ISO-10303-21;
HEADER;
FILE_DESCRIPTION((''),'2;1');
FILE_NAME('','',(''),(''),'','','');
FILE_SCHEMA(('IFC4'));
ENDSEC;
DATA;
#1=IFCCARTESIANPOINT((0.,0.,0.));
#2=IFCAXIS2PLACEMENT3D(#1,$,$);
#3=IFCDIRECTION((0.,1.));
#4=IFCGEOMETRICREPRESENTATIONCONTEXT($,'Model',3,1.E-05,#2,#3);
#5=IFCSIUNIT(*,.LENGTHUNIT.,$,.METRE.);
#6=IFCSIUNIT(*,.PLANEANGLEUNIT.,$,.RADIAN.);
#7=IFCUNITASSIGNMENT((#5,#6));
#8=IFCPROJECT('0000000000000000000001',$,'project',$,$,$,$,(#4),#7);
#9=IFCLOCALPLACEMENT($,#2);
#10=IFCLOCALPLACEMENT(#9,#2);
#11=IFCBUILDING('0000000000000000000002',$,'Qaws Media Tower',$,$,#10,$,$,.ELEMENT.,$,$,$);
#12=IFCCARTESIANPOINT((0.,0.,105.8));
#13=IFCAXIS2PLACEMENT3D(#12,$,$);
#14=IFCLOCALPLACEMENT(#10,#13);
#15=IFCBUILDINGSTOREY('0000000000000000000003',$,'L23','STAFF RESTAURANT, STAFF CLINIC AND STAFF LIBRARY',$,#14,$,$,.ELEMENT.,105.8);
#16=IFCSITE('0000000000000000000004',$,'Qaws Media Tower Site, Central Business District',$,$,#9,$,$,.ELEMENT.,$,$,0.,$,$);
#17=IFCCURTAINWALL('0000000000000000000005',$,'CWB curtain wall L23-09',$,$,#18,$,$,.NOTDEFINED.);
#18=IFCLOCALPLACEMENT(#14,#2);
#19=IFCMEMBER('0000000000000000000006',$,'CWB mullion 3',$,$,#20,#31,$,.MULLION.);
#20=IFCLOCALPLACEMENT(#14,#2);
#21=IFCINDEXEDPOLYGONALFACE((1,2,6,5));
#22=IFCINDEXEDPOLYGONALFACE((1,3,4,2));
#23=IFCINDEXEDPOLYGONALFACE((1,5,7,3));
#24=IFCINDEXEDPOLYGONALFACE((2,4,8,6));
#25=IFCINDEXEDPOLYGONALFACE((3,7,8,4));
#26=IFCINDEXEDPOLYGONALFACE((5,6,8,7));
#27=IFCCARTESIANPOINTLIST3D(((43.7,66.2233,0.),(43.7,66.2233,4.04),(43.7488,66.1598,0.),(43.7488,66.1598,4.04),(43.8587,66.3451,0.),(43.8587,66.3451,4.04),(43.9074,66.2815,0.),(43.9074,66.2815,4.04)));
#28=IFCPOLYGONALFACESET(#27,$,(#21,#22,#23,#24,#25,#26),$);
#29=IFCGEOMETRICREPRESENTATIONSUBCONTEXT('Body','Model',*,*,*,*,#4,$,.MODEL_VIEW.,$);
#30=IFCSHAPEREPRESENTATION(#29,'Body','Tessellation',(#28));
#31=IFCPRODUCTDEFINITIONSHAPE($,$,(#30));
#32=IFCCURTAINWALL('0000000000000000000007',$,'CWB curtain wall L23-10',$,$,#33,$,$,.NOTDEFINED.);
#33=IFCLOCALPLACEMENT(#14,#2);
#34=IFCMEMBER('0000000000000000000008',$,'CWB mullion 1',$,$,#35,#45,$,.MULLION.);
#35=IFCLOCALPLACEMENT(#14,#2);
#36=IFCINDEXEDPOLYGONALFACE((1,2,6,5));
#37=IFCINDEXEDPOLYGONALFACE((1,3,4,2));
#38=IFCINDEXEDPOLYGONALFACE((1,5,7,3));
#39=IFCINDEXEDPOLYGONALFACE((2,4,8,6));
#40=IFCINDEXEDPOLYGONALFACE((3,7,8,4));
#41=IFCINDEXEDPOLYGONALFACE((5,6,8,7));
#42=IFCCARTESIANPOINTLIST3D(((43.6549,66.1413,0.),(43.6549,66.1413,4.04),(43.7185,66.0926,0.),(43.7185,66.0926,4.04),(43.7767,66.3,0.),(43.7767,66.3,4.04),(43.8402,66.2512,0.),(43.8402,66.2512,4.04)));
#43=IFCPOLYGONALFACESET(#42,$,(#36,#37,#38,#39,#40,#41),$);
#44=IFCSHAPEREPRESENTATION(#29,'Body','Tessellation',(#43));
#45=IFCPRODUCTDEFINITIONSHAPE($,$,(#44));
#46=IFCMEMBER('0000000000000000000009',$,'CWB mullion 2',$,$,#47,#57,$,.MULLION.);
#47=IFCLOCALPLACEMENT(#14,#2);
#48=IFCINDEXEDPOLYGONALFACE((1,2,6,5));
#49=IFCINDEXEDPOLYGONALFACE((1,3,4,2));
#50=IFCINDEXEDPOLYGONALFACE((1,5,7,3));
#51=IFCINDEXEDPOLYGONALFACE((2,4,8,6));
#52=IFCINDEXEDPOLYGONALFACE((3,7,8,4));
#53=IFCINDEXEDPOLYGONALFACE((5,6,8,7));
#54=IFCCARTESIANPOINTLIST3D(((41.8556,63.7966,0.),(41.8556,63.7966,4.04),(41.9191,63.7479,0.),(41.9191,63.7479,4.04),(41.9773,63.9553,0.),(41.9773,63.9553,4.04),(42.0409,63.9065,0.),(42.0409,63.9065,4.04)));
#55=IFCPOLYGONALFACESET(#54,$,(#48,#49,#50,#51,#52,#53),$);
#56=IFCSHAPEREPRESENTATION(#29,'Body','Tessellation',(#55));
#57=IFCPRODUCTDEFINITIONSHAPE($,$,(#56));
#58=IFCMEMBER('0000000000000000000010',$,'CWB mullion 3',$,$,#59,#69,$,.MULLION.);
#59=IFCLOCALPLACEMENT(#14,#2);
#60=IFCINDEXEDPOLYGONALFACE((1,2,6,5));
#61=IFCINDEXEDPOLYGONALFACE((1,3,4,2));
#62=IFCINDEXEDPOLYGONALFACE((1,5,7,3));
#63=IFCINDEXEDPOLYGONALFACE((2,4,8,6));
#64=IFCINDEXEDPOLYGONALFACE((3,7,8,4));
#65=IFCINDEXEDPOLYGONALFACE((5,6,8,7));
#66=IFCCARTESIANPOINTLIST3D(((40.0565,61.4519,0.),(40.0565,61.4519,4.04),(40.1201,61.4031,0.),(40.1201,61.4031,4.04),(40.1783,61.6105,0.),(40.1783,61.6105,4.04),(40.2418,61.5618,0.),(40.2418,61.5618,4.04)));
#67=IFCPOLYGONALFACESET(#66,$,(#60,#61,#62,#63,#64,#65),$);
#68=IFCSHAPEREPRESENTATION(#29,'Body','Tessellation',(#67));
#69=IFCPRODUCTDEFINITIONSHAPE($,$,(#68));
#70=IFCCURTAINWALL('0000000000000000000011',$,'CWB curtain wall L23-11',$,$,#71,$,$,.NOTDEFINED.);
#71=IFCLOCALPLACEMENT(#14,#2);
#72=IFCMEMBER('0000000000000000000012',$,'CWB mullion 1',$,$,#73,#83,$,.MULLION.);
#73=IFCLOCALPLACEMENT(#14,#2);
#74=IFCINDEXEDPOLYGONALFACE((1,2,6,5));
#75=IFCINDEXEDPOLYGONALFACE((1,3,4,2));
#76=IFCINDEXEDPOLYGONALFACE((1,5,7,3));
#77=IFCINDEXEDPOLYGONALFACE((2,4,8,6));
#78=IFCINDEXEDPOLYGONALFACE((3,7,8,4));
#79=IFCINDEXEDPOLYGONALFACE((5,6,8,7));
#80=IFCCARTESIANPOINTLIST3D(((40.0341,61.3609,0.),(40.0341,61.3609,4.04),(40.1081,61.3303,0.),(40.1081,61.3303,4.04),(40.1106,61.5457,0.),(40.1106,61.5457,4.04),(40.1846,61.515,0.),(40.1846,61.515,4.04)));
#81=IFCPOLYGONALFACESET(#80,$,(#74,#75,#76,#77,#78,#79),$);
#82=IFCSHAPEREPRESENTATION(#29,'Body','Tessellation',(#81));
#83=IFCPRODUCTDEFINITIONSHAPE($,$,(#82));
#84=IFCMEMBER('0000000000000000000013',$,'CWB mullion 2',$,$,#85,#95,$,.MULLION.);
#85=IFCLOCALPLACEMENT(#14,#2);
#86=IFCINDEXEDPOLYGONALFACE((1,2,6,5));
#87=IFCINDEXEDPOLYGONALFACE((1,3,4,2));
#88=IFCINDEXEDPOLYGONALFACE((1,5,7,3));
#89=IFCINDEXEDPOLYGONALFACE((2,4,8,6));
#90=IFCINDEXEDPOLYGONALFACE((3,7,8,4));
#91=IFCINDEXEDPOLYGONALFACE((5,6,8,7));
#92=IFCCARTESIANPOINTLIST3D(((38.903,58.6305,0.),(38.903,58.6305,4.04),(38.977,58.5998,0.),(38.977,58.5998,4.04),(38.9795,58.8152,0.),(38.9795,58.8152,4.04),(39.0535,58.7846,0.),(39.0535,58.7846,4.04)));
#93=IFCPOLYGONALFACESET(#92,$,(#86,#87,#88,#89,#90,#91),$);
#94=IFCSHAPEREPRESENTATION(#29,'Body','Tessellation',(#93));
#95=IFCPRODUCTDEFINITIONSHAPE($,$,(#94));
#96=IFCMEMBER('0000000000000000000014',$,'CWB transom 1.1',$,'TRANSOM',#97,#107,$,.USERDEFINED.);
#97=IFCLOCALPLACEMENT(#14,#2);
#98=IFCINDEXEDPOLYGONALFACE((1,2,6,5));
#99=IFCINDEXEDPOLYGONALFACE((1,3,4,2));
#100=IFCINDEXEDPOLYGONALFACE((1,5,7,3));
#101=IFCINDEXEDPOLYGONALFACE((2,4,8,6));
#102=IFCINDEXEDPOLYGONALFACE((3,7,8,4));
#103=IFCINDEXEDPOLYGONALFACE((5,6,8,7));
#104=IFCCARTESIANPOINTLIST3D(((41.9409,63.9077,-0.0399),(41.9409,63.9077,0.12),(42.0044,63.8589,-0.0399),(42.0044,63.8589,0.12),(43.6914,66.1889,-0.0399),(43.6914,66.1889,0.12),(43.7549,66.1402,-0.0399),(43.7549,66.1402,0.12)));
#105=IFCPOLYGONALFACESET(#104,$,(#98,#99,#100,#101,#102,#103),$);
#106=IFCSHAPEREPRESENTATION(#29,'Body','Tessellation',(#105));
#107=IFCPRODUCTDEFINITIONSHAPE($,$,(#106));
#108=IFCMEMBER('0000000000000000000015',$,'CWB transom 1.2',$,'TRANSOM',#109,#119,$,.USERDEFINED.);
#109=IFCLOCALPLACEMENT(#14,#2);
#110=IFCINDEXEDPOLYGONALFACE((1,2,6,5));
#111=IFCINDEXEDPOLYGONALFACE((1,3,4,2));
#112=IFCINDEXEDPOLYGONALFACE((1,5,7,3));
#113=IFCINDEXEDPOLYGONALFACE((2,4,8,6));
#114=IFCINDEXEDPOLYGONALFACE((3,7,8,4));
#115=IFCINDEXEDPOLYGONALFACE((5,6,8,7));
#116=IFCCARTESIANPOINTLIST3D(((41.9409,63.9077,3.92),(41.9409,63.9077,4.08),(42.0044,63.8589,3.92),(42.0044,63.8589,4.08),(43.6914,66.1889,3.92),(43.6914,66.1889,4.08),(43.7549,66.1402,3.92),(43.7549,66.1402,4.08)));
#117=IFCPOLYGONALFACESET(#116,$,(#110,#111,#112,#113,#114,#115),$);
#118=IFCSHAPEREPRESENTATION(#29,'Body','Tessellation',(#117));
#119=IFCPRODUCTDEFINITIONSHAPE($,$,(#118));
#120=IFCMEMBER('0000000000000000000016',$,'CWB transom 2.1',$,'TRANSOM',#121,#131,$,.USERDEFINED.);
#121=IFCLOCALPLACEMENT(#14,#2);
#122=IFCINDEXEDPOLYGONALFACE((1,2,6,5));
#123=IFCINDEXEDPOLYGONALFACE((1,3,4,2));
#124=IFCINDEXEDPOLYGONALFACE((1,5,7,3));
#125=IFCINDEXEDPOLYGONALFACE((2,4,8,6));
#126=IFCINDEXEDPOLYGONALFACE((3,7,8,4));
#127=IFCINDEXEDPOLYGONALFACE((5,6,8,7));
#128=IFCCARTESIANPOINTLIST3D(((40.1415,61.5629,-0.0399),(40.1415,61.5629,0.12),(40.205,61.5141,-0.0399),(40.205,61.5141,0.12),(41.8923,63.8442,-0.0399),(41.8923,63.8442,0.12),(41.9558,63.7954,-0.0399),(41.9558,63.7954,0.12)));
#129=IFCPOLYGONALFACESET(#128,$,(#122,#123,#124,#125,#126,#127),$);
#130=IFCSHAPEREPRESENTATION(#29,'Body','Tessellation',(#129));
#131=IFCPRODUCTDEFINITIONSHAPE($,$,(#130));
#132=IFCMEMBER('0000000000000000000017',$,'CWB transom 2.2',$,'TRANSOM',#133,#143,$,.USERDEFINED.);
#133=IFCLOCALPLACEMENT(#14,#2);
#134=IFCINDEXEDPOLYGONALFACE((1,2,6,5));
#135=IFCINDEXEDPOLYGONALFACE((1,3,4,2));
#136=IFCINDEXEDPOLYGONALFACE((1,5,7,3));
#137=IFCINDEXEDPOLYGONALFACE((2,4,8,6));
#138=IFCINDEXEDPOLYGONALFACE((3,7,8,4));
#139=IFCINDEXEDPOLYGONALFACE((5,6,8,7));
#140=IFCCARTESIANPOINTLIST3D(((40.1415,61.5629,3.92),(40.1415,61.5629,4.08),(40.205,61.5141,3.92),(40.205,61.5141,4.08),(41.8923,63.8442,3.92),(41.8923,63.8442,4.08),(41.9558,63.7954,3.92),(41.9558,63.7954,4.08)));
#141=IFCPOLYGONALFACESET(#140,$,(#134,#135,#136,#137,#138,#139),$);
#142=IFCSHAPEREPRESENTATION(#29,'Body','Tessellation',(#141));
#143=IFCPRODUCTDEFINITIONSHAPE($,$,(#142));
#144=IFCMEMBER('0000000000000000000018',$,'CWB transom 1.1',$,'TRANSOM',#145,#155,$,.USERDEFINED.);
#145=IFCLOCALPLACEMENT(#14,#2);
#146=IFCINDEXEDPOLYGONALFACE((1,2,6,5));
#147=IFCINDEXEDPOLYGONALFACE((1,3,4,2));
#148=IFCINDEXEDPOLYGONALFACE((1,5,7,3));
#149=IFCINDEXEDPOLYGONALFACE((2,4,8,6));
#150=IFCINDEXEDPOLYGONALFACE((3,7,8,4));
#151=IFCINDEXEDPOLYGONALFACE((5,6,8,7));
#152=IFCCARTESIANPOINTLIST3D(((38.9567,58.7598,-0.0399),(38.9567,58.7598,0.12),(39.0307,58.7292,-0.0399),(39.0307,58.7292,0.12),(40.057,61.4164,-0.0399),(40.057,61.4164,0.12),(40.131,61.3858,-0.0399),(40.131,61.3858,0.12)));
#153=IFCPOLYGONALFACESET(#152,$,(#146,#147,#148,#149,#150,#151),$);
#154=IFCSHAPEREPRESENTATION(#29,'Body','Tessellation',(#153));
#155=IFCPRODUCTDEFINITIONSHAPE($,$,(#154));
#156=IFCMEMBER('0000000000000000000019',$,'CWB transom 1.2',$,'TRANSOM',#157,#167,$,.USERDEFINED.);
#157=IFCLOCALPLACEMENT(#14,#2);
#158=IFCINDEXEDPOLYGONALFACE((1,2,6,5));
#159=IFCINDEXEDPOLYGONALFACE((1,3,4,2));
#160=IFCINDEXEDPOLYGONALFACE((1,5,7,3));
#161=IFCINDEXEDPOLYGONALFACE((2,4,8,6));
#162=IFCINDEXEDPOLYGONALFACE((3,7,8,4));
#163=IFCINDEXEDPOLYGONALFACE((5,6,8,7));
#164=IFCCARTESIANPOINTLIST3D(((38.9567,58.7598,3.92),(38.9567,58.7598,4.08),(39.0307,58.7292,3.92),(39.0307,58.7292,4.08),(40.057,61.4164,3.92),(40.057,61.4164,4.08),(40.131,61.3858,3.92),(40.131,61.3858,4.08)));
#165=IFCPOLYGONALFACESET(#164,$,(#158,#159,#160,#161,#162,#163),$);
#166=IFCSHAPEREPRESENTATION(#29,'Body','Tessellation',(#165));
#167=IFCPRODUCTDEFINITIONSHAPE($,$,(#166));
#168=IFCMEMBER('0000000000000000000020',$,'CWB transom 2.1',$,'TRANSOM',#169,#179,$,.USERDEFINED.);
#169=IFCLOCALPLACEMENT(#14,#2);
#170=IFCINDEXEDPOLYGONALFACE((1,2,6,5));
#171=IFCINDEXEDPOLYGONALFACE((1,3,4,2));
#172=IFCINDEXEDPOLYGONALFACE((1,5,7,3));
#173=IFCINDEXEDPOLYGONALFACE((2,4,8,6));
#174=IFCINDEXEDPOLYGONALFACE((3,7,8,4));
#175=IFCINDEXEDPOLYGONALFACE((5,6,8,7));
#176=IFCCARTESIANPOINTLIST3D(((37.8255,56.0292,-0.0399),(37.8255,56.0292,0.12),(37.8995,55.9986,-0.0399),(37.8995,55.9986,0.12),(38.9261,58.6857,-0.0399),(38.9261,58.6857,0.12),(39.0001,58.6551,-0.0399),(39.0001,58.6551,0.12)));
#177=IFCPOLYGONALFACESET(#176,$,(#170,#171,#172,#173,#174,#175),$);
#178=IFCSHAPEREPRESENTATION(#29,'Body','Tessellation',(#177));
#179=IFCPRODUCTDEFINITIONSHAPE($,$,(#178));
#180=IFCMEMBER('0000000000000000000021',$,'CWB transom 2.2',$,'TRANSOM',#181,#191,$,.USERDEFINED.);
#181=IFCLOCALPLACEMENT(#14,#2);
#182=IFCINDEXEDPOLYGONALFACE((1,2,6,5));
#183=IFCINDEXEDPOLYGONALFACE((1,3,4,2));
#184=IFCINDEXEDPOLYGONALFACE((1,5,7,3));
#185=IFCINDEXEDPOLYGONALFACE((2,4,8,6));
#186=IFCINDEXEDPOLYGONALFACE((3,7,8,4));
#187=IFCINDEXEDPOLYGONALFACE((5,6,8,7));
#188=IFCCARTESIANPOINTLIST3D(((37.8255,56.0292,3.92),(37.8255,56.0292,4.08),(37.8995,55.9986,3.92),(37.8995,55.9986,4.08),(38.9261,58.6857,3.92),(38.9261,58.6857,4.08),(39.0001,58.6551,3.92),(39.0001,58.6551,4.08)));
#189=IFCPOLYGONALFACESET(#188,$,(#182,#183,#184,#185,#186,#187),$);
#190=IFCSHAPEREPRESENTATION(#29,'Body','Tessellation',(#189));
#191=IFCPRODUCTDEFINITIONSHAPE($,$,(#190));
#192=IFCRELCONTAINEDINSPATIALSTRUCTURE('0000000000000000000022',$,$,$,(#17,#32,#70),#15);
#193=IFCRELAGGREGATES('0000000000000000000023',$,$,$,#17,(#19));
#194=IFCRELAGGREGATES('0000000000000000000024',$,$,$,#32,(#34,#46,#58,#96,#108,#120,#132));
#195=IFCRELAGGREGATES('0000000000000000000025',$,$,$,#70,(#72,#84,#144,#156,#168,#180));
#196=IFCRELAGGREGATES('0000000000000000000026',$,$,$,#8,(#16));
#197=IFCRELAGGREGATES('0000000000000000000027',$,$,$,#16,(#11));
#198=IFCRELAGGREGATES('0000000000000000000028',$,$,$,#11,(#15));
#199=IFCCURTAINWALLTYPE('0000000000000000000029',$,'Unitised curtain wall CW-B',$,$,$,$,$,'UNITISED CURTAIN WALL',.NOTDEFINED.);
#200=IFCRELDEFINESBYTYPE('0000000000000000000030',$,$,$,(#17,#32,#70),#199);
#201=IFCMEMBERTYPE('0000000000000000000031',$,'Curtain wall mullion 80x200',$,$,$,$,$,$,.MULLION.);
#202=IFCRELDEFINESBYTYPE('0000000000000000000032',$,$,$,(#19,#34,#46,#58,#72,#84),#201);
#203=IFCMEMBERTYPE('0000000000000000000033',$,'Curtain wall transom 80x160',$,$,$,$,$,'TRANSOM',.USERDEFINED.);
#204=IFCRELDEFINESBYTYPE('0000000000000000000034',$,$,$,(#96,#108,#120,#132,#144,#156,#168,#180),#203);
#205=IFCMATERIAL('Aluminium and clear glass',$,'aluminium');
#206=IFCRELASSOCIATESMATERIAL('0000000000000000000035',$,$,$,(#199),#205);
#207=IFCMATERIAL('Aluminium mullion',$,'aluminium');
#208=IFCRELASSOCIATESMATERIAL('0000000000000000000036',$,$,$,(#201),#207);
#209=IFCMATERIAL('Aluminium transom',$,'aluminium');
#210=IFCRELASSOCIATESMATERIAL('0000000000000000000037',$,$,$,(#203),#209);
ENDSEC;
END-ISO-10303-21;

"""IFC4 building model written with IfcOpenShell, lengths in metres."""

from ifc_helpers import new_model, si_unit, direction, frame, origin, origin_2d, place, context, subcontext, project, spatial, rectangle, extrude, material, material_profile, profile_set, type_object, element, aggregate, save


model = new_model("IFC4")

# Units and contexts
model_context = context("Model", 3, precision=1e-05, world=origin(), true_north=direction((0.0, 1.0)))
body_context = subcontext(model_context, "Body", "Model", "MODEL_VIEW")
ifc_project = project(units=[si_unit("LENGTHUNIT", "METRE"), si_unit("PLANEANGLEUNIT", "RADIAN")], contexts=[model_context])

# Site, building, storey
site_placement = place(None, origin())
site = spatial("IfcSite", under=ifc_project, at=site_placement, Name="Qaws Media Tower Site, Central Business District", CompositionType="ELEMENT", RefElevation=0.0)
building_placement = place(site_placement, origin())
building = spatial("IfcBuilding", under=site, at=building_placement, Name="Qaws Media Tower", CompositionType="ELEMENT")
storey_placement = place(building_placement, frame((0.0, 0.0, 105.8)))
storey = spatial("IfcBuildingStorey", under=building, at=storey_placement, Name="L23", Description="STAFF RESTAURANT, STAFF CLINIC AND STAFF LIBRARY", CompositionType="ELEMENT", Elevation=105.8)

# Curtain wall, member
ifc_material_1 = material(Name="Aluminium and clear glass", Category="aluminium")
curtain_wall_type = type_object("IfcCurtainWallType", Name="Unitised curtain wall CW-B", ElementType="UNITISED CURTAIN WALL", PredefinedType="NOTDEFINED", material=ifc_material_1)
curtain_wall_1_placement = place(storey_placement, origin())
curtain_wall_1 = element("IfcCurtainWall", 1, at=curtain_wall_1_placement, inside=storey, type_object=curtain_wall_type, Name="CWB curtain wall L23-09", PredefinedType="NOTDEFINED")
ifc_material_2 = material(Name="Aluminium mullion", Category="aluminium")
ifc_material_profile_1 = material_profile(ifc_material_2, rectangle(XDim=0.0801, YDim=0.2, at=origin_2d()), Name="80x200")
ifc_profile_set_1 = profile_set([ifc_material_profile_1], Name="Aluminium mullion")
member_type_1 = type_object("IfcMemberType", Name="Curtain wall mullion 80x200", PredefinedType="MULLION", material=ifc_profile_set_1)
member_1_placement = place(storey_placement, frame((43.8037, 66.2524, 0.0), z_axis=(0.0, 0.0, 1.0), x_axis=(0.608761, -0.793353, 0.0)))
member_1 = element("IfcMember", 2, at=member_1_placement, type_object=member_type_1, Name="CWB mullion 3", PredefinedType="MULLION", context=body_context, shape_type="SweptSolid", body=[
    extrude(rectangle(XDim=0.0801, YDim=0.2, at=origin_2d()), origin(), (0.0, 0.0, 1.0), 4.04),
])

# Curtain walls, members
curtain_wall_2_placement = place(storey_placement, origin())
curtain_wall_2 = element("IfcCurtainWall", 3, at=curtain_wall_2_placement, inside=storey, type_object=curtain_wall_type, Name="CWB curtain wall L23-10", PredefinedType="NOTDEFINED")
member_2_placement = place(storey_placement, frame((43.7476, 66.1963, 0.0), z_axis=(0.0, 0.0, 1.0), x_axis=(0.793353, -0.608761, 0.0)))
member_2 = element("IfcMember", 4, at=member_2_placement, type_object=member_type_1, Name="CWB mullion 1", PredefinedType="MULLION", context=body_context, shape_type="SweptSolid", body=[
    extrude(rectangle(XDim=0.0801, YDim=0.2, at=origin_2d()), origin(), (0.0, 0.0, 1.0), 4.04),
])
member_3_placement = place(storey_placement, frame((41.9482, 63.8516, 0.0), z_axis=(0.0, 0.0, 1.0), x_axis=(0.793353, -0.608761, 0.0)))
member_3 = element("IfcMember", 5, at=member_3_placement, type_object=member_type_1, Name="CWB mullion 2", PredefinedType="MULLION", context=body_context, shape_type="SweptSolid", body=[
    extrude(rectangle(XDim=0.0801, YDim=0.2, at=origin_2d()), origin(), (0.0, 0.0, 1.0), 4.04),
])
member_4_placement = place(storey_placement, frame((40.1492, 61.5068, 0.0), z_axis=(0.0, 0.0, 1.0), x_axis=(0.793353, -0.608761, 0.0)))
member_4 = element("IfcMember", 6, at=member_4_placement, type_object=member_type_1, Name="CWB mullion 3", PredefinedType="MULLION", context=body_context, shape_type="SweptSolid", body=[
    extrude(rectangle(XDim=0.0801, YDim=0.2, at=origin_2d()), origin(), (0.0, 0.0, 1.0), 4.04),
])
curtain_wall_3_placement = place(storey_placement, origin())
curtain_wall_3 = element("IfcCurtainWall", 7, at=curtain_wall_3_placement, inside=storey, type_object=curtain_wall_type, Name="CWB curtain wall L23-11", PredefinedType="NOTDEFINED")
member_5_placement = place(storey_placement, frame((40.1094, 61.438, 0.0), z_axis=(0.0, 0.0, 1.0), x_axis=(0.92388, -0.382683, 0.0)))
member_5 = element("IfcMember", 8, at=member_5_placement, type_object=member_type_1, Name="CWB mullion 1", PredefinedType="MULLION", context=body_context, shape_type="SweptSolid", body=[
    extrude(rectangle(XDim=0.0801, YDim=0.2, at=origin_2d()), origin(), (0.0, 0.0, 1.0), 4.04),
])
member_6_placement = place(storey_placement, frame((38.9783, 58.7075, 0.0), z_axis=(0.0, 0.0, 1.0), x_axis=(0.92388, -0.382683, 0.0)))
member_6 = element("IfcMember", 9, at=member_6_placement, type_object=member_type_1, Name="CWB mullion 2", PredefinedType="MULLION", context=body_context, shape_type="SweptSolid", body=[
    extrude(rectangle(XDim=0.0801, YDim=0.2, at=origin_2d()), origin(), (0.0, 0.0, 1.0), 4.04),
])

# Members
ifc_material_3 = material(Name="Aluminium transom", Category="aluminium")
ifc_material_profile_2 = material_profile(ifc_material_3, rectangle(XDim=0.0801, YDim=0.1599, at=origin_2d()), Name="80x160")
ifc_profile_set_2 = profile_set([ifc_material_profile_2], Name="Aluminium transom")
member_type_2 = type_object("IfcMemberType", Name="Curtain wall transom 80x160", ElementType="TRANSOM", PredefinedType="USERDEFINED", material=ifc_profile_set_2)
member_7_placement = place(storey_placement, frame((43.7231, 66.1646, 0.04), z_axis=(-0.608767, -0.793349, 0.0), x_axis=(0.793349, -0.608767, 0.0)))
member_7 = element("IfcMember", 10, at=member_7_placement, type_object=member_type_2, Name="CWB transom 1.1", ObjectType="TRANSOM", PredefinedType="USERDEFINED", context=body_context, shape_type="SweptSolid", body=[
    extrude(rectangle(XDim=0.0801, YDim=0.1599, at=origin_2d()), origin(), (0.0, 0.0, 1.0), 2.8755),
])
member_8_placement = place(storey_placement, frame((43.7231, 66.1646, 4.0), z_axis=(-0.608767, -0.793349, 0.0), x_axis=(0.793349, -0.608767, 0.0)))
member_8 = element("IfcMember", 11, at=member_8_placement, type_object=member_type_2, Name="CWB transom 1.2", ObjectType="TRANSOM", PredefinedType="USERDEFINED", context=body_context, shape_type="SweptSolid", body=[
    extrude(rectangle(XDim=0.0801, YDim=0.1599, at=origin_2d()), origin(), (0.0, 0.0, 1.0), 2.8755),
])
member_9_placement = place(storey_placement, frame((41.9241, 63.8198, 0.04), z_axis=(-0.60882, -0.793308, 0.0), x_axis=(0.793308, -0.60882, 0.0)))
member_9 = element("IfcMember", 12, at=member_9_placement, type_object=member_type_2, Name="CWB transom 2.1", ObjectType="TRANSOM", PredefinedType="USERDEFINED", context=body_context, shape_type="SweptSolid", body=[
    extrude(rectangle(XDim=0.0801, YDim=0.1599, at=origin_2d()), origin(), (0.0, 0.0, 1.0), 2.8757),
])
member_10_placement = place(storey_placement, frame((41.9241, 63.8198, 4.0), z_axis=(-0.60882, -0.793308, 0.0), x_axis=(0.793308, -0.60882, 0.0)))
member_10 = element("IfcMember", 13, at=member_10_placement, type_object=member_type_2, Name="CWB transom 2.2", ObjectType="TRANSOM", PredefinedType="USERDEFINED", context=body_context, shape_type="SweptSolid", body=[
    extrude(rectangle(XDim=0.0801, YDim=0.1599, at=origin_2d()), origin(), (0.0, 0.0, 1.0), 2.8757),
])
member_11_placement = place(storey_placement, frame((40.094, 61.4011, 0.04), z_axis=(-0.382649, -0.923894, 0.0), x_axis=(0.923894, -0.382649, 0.0)))
member_11 = element("IfcMember", 14, at=member_11_placement, type_object=member_type_2, Name="CWB transom 1.1", ObjectType="TRANSOM", PredefinedType="USERDEFINED", context=body_context, shape_type="SweptSolid", body=[
    extrude(rectangle(XDim=0.0801, YDim=0.1599, at=origin_2d()), origin(), (0.0, 0.0, 1.0), 2.8755),
])
member_12_placement = place(storey_placement, frame((40.094, 61.4011, 4.0), z_axis=(-0.382649, -0.923894, 0.0), x_axis=(0.923894, -0.382649, 0.0)))
member_12 = element("IfcMember", 15, at=member_12_placement, type_object=member_type_2, Name="CWB transom 1.2", ObjectType="TRANSOM", PredefinedType="USERDEFINED", context=body_context, shape_type="SweptSolid", body=[
    extrude(rectangle(XDim=0.0801, YDim=0.1599, at=origin_2d()), origin(), (0.0, 0.0, 1.0), 2.8755),
])
member_13_placement = place(storey_placement, frame((38.9631, 58.6704, 0.04), z_axis=(-0.382752, -0.923851, 0.0), x_axis=(0.923851, -0.382752, 0.0)))
member_13 = element("IfcMember", 16, at=member_13_placement, type_object=member_type_2, Name="CWB transom 2.1", ObjectType="TRANSOM", PredefinedType="USERDEFINED", context=body_context, shape_type="SweptSolid", body=[
    extrude(rectangle(XDim=0.0801, YDim=0.1599, at=origin_2d()), origin(), (0.0, 0.0, 1.0), 2.8755),
])
member_14_placement = place(storey_placement, frame((38.9631, 58.6704, 4.0), z_axis=(-0.382752, -0.923851, 0.0), x_axis=(0.923851, -0.382752, 0.0)))
member_14 = element("IfcMember", 17, at=member_14_placement, type_object=member_type_2, Name="CWB transom 2.2", ObjectType="TRANSOM", PredefinedType="USERDEFINED", context=body_context, shape_type="SweptSolid", body=[
    extrude(rectangle(XDim=0.0801, YDim=0.1599, at=origin_2d()), origin(), (0.0, 0.0, 1.0), 2.8755),
])

aggregate(curtain_wall_1, [member_1])
aggregate(curtain_wall_2, [member_2, member_3, member_4, member_7, member_8, member_9, member_10])
aggregate(curtain_wall_3, [member_5, member_6, member_11, member_12, member_13, member_14])

save(model, "model.ifc")
